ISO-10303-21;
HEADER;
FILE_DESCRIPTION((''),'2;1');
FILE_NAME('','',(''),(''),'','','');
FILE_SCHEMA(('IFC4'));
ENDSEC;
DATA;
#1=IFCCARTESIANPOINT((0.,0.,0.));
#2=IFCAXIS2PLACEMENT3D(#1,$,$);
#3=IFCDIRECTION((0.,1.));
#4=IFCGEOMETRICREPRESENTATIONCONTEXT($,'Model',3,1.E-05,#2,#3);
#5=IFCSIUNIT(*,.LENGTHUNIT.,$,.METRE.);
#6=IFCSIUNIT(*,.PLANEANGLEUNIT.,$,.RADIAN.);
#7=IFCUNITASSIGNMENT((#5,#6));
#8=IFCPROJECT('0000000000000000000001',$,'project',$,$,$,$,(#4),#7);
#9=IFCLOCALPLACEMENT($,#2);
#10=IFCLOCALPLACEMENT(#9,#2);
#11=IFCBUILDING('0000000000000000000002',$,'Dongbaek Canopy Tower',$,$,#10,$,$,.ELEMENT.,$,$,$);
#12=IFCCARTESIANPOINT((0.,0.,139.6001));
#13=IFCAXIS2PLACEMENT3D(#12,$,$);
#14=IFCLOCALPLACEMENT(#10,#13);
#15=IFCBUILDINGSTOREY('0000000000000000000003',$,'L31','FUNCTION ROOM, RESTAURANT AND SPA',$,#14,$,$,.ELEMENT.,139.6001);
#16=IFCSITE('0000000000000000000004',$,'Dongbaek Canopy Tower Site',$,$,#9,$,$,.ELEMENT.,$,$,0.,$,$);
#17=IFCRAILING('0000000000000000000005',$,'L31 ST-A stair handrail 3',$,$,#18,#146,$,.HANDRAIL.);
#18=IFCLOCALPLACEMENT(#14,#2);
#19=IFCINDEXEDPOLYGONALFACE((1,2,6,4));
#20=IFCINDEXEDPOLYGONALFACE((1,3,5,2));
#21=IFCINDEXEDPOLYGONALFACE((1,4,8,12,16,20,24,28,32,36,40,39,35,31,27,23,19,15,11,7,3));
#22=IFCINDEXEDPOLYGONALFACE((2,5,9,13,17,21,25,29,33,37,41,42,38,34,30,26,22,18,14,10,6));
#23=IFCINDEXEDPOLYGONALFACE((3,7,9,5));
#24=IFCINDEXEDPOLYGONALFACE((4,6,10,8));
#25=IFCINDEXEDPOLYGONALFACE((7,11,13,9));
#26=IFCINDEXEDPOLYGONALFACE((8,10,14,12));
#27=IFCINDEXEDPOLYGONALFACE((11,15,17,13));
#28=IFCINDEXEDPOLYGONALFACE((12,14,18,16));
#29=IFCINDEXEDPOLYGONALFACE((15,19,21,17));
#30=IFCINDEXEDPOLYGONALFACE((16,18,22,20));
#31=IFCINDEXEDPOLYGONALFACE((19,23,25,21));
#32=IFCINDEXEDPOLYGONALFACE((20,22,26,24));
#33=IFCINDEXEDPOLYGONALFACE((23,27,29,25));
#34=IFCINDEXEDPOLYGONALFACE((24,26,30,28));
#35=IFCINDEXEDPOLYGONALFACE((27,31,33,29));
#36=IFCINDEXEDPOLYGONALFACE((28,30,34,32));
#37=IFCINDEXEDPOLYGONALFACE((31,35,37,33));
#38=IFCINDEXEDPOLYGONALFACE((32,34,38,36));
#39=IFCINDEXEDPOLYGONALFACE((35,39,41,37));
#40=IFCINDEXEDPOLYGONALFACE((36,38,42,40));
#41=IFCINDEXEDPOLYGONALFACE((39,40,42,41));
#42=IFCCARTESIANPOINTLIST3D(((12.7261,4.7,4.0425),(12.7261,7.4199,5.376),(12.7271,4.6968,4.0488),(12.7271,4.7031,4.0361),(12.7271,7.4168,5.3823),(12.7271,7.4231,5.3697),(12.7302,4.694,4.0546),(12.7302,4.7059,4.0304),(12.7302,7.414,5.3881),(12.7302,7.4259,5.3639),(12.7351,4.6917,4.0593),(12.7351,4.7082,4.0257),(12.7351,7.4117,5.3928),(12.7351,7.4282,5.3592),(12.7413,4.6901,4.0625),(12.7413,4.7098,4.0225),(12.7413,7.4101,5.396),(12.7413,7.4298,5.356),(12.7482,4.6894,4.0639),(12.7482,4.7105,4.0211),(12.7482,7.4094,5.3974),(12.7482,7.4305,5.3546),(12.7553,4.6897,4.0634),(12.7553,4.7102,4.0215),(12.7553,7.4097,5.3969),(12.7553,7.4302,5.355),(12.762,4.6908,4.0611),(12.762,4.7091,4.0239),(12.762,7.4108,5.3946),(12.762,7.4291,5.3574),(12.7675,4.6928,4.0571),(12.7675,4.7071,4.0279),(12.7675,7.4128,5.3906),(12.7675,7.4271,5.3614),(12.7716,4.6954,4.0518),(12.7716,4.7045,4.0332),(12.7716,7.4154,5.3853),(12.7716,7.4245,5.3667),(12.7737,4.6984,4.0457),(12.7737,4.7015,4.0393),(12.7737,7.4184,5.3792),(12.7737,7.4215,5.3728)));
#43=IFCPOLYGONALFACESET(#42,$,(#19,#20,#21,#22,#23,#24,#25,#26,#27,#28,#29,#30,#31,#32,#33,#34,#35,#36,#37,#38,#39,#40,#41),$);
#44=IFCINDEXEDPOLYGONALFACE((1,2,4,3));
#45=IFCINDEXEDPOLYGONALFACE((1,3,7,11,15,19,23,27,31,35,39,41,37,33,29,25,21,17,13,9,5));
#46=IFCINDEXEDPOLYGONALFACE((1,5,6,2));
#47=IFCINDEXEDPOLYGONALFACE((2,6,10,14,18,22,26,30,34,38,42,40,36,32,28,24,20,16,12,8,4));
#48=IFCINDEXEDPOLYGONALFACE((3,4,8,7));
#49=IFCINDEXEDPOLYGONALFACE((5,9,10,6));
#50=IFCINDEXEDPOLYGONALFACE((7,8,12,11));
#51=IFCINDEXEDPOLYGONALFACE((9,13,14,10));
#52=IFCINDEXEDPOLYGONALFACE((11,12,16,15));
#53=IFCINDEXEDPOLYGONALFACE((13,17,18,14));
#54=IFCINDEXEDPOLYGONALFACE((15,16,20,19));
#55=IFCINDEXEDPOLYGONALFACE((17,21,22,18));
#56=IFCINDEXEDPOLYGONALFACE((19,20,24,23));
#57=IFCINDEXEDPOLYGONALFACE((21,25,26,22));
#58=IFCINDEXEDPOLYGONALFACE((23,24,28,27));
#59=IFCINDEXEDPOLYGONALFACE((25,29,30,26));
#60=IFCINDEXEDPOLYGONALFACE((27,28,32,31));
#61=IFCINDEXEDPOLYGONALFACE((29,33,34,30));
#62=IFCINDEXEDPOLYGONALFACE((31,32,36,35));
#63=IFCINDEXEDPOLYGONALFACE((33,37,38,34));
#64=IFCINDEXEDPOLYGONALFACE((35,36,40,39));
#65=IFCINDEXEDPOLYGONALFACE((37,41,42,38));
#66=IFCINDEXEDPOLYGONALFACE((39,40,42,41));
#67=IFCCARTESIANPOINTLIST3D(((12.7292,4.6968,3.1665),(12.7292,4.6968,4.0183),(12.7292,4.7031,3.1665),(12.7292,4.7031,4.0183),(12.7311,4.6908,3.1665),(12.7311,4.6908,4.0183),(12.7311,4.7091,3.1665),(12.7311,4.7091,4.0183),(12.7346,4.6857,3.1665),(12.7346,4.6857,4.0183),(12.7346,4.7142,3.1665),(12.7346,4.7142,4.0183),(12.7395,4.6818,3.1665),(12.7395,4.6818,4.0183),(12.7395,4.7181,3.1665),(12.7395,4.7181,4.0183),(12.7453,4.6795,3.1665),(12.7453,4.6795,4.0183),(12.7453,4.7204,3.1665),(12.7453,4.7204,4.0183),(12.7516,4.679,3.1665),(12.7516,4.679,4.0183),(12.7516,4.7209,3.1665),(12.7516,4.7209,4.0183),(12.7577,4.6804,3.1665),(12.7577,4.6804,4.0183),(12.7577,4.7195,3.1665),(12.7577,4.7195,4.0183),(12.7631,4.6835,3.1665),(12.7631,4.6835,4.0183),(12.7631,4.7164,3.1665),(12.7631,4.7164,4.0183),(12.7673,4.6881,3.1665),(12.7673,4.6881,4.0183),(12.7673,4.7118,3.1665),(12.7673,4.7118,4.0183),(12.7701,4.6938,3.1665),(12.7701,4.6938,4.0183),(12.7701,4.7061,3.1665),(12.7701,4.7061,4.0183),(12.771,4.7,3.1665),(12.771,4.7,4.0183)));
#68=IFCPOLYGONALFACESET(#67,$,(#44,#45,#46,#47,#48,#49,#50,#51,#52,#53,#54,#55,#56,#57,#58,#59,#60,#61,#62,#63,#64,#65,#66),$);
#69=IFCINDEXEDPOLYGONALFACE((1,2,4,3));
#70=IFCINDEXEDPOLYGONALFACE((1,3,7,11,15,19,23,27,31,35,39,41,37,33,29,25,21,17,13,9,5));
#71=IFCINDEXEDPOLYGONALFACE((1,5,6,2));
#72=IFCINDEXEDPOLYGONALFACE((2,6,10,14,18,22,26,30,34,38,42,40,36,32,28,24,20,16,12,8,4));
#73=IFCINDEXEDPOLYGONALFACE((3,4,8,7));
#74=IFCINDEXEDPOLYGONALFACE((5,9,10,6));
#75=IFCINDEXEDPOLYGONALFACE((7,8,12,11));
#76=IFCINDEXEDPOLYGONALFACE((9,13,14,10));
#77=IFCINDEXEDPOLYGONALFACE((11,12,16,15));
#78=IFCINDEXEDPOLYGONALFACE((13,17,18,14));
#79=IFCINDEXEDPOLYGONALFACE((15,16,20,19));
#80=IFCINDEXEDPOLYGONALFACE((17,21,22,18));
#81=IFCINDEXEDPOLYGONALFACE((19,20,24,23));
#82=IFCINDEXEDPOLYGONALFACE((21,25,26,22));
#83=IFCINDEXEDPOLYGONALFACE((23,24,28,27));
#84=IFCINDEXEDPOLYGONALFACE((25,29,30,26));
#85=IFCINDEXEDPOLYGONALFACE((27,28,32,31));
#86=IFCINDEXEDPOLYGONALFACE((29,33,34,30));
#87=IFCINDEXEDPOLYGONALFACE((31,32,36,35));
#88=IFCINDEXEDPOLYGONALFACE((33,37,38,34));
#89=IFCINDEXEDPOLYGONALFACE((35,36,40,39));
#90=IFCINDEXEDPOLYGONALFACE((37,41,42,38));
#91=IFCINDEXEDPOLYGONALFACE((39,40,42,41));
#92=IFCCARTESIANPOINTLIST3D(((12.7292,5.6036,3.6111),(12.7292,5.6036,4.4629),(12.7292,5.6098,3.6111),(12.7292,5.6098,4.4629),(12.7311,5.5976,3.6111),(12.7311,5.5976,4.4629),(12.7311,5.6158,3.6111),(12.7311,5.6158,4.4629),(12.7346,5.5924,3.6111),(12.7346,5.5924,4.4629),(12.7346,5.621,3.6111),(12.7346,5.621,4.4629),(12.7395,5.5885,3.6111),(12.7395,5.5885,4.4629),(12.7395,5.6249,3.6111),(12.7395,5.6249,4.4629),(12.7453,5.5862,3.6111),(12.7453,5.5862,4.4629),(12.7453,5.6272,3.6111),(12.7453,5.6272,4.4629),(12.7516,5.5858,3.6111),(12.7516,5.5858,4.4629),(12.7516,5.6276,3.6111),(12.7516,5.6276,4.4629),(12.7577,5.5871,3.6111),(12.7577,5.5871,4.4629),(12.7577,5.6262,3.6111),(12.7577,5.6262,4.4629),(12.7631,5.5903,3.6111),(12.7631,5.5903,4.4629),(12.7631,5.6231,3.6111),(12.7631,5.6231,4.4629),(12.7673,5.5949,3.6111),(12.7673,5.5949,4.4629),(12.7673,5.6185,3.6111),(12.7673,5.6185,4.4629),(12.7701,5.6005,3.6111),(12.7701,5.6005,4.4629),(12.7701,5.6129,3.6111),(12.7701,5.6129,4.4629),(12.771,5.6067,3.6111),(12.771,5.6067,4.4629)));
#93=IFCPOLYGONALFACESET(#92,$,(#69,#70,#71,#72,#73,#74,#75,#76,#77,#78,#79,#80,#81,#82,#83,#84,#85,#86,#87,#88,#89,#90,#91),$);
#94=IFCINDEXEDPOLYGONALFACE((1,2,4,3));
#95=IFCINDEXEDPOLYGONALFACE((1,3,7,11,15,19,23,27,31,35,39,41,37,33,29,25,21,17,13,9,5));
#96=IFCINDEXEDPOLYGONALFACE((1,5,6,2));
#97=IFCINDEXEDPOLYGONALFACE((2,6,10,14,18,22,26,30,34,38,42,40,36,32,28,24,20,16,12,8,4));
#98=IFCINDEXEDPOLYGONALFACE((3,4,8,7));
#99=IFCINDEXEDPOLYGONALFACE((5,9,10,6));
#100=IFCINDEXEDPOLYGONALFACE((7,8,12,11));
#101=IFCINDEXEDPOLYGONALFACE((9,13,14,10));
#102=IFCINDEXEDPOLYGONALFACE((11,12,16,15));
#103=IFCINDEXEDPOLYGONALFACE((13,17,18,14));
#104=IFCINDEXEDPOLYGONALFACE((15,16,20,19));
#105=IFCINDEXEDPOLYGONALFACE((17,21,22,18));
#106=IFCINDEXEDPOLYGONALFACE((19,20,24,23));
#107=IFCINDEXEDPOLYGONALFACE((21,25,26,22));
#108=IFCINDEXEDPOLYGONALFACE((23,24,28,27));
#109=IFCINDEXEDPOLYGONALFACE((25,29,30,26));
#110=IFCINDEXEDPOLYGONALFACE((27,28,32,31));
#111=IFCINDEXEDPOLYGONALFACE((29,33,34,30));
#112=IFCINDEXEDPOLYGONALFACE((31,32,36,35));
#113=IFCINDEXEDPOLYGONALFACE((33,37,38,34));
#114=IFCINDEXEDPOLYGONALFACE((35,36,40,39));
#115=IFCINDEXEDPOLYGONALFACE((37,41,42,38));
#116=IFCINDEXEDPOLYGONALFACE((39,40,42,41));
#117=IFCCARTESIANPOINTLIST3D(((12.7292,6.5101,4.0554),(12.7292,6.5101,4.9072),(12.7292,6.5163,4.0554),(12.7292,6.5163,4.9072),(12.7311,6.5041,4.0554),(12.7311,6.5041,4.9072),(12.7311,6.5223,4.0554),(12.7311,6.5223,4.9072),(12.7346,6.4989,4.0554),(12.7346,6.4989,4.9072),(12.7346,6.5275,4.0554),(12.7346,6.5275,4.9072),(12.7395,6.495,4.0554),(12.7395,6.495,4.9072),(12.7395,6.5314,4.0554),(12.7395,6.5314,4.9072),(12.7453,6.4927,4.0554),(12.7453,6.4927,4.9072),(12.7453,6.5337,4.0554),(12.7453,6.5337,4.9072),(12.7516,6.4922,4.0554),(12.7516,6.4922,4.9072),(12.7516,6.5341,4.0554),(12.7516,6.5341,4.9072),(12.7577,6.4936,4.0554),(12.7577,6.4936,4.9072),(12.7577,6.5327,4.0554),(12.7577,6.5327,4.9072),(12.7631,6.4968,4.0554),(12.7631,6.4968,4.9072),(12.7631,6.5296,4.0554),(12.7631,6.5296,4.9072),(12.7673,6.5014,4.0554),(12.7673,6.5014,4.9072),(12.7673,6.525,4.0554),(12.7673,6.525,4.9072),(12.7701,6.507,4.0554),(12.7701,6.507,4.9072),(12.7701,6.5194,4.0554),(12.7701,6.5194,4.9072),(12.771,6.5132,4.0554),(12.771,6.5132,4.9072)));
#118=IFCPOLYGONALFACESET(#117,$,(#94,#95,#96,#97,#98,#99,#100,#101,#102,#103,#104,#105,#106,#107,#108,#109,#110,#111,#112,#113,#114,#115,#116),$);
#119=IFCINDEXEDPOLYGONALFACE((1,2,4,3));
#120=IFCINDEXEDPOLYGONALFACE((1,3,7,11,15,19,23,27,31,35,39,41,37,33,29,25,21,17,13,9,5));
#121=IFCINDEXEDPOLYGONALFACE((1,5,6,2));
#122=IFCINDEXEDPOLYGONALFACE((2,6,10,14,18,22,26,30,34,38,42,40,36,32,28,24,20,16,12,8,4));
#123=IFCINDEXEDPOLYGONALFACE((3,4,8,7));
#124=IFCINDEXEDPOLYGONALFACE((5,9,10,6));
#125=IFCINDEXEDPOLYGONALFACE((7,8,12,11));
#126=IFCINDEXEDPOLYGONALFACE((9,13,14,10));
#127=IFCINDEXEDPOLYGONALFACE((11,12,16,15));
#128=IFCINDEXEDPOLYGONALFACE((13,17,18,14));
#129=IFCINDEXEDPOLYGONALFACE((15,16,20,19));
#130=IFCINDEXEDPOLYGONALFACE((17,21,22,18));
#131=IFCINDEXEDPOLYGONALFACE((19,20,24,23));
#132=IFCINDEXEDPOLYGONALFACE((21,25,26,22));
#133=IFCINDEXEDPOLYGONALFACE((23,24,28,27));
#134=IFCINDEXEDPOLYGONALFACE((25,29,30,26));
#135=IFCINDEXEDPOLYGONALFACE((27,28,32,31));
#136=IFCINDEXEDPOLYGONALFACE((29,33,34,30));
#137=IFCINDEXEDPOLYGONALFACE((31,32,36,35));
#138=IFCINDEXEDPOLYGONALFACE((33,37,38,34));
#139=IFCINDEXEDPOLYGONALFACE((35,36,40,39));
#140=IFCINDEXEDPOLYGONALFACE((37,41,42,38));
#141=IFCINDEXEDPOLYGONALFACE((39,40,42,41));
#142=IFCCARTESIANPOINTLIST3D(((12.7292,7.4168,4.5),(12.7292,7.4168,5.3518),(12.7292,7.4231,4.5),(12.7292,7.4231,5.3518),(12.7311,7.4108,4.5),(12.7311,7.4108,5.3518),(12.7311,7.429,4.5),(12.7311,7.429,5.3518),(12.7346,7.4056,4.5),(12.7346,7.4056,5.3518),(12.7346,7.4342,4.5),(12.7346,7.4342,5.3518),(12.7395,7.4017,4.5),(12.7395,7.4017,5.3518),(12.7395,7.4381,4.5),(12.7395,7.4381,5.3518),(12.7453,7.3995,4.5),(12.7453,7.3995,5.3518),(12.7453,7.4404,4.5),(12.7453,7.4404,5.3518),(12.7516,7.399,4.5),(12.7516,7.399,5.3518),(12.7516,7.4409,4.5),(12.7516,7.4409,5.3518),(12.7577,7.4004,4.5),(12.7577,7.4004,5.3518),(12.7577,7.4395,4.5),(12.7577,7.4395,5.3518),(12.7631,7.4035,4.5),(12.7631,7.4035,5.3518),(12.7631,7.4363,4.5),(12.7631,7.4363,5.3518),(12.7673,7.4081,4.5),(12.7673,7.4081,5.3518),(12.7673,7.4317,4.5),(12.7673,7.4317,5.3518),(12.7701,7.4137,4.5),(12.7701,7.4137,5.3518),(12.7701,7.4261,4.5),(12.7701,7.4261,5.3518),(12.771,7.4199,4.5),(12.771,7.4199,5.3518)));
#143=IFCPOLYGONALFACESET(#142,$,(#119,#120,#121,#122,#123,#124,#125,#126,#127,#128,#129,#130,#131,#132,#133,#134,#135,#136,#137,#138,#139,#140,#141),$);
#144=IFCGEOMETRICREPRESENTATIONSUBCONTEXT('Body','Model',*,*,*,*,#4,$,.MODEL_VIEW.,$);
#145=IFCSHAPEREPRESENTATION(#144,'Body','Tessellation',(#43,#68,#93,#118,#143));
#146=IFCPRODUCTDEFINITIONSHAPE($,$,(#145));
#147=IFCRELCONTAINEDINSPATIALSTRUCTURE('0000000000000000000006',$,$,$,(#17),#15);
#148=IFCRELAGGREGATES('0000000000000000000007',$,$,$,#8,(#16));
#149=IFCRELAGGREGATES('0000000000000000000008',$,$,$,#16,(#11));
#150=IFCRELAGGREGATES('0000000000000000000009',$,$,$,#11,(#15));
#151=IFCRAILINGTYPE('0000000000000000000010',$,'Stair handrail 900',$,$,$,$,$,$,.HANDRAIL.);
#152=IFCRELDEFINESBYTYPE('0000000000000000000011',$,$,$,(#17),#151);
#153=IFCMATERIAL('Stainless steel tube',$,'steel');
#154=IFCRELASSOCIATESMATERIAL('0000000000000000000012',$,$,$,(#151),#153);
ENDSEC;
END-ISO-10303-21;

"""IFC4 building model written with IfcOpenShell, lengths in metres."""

from ifc_helpers import new_model, si_unit, direction, frame, origin, origin_2d, place, context, subcontext, project, spatial, circle, extrude, material, type_object, element, save


model = new_model("IFC4")

# Units and contexts
model_context = context("Model", 3, precision=1e-05, world=origin(), true_north=direction((0.0, 1.0)))
body_context = subcontext(model_context, "Body", "Model", "MODEL_VIEW")
ifc_project = project(units=[si_unit("LENGTHUNIT", "METRE"), si_unit("PLANEANGLEUNIT", "RADIAN")], contexts=[model_context])

# Site, building, storey
site_placement = place(None, origin())
site = spatial("IfcSite", under=ifc_project, at=site_placement, Name="Dongbaek Canopy Tower Site", CompositionType="ELEMENT", RefElevation=0.0)
building_placement = place(site_placement, origin())
building = spatial("IfcBuilding", under=site, at=building_placement, Name="Dongbaek Canopy Tower", CompositionType="ELEMENT")
storey_placement = place(building_placement, frame((0.0, 0.0, 139.6001)))
storey = spatial("IfcBuildingStorey", under=building, at=storey_placement, Name="L31", Description="FUNCTION ROOM, RESTAURANT AND SPA", CompositionType="ELEMENT", Elevation=139.6001)

# Railing
ifc_material_1 = material(Name="Stainless steel tube", Category="steel")
railing_type = type_object("IfcRailingType", Name="Stair handrail 900", PredefinedType="HANDRAIL", material=ifc_material_1)
for number, where, name in (
    (1, (12.75, 4.7, 3.1665), "L31 ST-A stair handrail 3"),
):
    element("IfcRailing", number, at=place(storey_placement, frame(where)), inside=storey, type_object=railing_type, Name=name, PredefinedType="HANDRAIL", context=body_context, shape_type="SweptSolid", body=[
        extrude(circle(Radius=0.0239, at=origin_2d()), frame((0.0, 0.0, 0.876), z_axis=(0.0, 0.897898, 0.440204), x_axis=(-1.0, 0.0, 0.0)), (0.0, 0.0, 1.0), 3.0293),
        extrude(circle(Radius=0.021, at=origin_2d()), origin(), (0.0, 0.0, 1.0), 0.8518),
        extrude(circle(Radius=0.021, at=origin_2d()), frame((0.0, 0.9067, 0.4446)), (0.0, 0.0, 1.0), 0.8518),
        extrude(circle(Radius=0.021, at=origin_2d()), frame((0.0, 1.8132, 0.8889)), (0.0, 0.0, 1.0), 0.8518),
        extrude(circle(Radius=0.021, at=origin_2d()), frame((0.0, 2.72, 1.3335)), (0.0, 0.0, 1.0), 0.8518),
    ])

save(model, "model.ifc")
